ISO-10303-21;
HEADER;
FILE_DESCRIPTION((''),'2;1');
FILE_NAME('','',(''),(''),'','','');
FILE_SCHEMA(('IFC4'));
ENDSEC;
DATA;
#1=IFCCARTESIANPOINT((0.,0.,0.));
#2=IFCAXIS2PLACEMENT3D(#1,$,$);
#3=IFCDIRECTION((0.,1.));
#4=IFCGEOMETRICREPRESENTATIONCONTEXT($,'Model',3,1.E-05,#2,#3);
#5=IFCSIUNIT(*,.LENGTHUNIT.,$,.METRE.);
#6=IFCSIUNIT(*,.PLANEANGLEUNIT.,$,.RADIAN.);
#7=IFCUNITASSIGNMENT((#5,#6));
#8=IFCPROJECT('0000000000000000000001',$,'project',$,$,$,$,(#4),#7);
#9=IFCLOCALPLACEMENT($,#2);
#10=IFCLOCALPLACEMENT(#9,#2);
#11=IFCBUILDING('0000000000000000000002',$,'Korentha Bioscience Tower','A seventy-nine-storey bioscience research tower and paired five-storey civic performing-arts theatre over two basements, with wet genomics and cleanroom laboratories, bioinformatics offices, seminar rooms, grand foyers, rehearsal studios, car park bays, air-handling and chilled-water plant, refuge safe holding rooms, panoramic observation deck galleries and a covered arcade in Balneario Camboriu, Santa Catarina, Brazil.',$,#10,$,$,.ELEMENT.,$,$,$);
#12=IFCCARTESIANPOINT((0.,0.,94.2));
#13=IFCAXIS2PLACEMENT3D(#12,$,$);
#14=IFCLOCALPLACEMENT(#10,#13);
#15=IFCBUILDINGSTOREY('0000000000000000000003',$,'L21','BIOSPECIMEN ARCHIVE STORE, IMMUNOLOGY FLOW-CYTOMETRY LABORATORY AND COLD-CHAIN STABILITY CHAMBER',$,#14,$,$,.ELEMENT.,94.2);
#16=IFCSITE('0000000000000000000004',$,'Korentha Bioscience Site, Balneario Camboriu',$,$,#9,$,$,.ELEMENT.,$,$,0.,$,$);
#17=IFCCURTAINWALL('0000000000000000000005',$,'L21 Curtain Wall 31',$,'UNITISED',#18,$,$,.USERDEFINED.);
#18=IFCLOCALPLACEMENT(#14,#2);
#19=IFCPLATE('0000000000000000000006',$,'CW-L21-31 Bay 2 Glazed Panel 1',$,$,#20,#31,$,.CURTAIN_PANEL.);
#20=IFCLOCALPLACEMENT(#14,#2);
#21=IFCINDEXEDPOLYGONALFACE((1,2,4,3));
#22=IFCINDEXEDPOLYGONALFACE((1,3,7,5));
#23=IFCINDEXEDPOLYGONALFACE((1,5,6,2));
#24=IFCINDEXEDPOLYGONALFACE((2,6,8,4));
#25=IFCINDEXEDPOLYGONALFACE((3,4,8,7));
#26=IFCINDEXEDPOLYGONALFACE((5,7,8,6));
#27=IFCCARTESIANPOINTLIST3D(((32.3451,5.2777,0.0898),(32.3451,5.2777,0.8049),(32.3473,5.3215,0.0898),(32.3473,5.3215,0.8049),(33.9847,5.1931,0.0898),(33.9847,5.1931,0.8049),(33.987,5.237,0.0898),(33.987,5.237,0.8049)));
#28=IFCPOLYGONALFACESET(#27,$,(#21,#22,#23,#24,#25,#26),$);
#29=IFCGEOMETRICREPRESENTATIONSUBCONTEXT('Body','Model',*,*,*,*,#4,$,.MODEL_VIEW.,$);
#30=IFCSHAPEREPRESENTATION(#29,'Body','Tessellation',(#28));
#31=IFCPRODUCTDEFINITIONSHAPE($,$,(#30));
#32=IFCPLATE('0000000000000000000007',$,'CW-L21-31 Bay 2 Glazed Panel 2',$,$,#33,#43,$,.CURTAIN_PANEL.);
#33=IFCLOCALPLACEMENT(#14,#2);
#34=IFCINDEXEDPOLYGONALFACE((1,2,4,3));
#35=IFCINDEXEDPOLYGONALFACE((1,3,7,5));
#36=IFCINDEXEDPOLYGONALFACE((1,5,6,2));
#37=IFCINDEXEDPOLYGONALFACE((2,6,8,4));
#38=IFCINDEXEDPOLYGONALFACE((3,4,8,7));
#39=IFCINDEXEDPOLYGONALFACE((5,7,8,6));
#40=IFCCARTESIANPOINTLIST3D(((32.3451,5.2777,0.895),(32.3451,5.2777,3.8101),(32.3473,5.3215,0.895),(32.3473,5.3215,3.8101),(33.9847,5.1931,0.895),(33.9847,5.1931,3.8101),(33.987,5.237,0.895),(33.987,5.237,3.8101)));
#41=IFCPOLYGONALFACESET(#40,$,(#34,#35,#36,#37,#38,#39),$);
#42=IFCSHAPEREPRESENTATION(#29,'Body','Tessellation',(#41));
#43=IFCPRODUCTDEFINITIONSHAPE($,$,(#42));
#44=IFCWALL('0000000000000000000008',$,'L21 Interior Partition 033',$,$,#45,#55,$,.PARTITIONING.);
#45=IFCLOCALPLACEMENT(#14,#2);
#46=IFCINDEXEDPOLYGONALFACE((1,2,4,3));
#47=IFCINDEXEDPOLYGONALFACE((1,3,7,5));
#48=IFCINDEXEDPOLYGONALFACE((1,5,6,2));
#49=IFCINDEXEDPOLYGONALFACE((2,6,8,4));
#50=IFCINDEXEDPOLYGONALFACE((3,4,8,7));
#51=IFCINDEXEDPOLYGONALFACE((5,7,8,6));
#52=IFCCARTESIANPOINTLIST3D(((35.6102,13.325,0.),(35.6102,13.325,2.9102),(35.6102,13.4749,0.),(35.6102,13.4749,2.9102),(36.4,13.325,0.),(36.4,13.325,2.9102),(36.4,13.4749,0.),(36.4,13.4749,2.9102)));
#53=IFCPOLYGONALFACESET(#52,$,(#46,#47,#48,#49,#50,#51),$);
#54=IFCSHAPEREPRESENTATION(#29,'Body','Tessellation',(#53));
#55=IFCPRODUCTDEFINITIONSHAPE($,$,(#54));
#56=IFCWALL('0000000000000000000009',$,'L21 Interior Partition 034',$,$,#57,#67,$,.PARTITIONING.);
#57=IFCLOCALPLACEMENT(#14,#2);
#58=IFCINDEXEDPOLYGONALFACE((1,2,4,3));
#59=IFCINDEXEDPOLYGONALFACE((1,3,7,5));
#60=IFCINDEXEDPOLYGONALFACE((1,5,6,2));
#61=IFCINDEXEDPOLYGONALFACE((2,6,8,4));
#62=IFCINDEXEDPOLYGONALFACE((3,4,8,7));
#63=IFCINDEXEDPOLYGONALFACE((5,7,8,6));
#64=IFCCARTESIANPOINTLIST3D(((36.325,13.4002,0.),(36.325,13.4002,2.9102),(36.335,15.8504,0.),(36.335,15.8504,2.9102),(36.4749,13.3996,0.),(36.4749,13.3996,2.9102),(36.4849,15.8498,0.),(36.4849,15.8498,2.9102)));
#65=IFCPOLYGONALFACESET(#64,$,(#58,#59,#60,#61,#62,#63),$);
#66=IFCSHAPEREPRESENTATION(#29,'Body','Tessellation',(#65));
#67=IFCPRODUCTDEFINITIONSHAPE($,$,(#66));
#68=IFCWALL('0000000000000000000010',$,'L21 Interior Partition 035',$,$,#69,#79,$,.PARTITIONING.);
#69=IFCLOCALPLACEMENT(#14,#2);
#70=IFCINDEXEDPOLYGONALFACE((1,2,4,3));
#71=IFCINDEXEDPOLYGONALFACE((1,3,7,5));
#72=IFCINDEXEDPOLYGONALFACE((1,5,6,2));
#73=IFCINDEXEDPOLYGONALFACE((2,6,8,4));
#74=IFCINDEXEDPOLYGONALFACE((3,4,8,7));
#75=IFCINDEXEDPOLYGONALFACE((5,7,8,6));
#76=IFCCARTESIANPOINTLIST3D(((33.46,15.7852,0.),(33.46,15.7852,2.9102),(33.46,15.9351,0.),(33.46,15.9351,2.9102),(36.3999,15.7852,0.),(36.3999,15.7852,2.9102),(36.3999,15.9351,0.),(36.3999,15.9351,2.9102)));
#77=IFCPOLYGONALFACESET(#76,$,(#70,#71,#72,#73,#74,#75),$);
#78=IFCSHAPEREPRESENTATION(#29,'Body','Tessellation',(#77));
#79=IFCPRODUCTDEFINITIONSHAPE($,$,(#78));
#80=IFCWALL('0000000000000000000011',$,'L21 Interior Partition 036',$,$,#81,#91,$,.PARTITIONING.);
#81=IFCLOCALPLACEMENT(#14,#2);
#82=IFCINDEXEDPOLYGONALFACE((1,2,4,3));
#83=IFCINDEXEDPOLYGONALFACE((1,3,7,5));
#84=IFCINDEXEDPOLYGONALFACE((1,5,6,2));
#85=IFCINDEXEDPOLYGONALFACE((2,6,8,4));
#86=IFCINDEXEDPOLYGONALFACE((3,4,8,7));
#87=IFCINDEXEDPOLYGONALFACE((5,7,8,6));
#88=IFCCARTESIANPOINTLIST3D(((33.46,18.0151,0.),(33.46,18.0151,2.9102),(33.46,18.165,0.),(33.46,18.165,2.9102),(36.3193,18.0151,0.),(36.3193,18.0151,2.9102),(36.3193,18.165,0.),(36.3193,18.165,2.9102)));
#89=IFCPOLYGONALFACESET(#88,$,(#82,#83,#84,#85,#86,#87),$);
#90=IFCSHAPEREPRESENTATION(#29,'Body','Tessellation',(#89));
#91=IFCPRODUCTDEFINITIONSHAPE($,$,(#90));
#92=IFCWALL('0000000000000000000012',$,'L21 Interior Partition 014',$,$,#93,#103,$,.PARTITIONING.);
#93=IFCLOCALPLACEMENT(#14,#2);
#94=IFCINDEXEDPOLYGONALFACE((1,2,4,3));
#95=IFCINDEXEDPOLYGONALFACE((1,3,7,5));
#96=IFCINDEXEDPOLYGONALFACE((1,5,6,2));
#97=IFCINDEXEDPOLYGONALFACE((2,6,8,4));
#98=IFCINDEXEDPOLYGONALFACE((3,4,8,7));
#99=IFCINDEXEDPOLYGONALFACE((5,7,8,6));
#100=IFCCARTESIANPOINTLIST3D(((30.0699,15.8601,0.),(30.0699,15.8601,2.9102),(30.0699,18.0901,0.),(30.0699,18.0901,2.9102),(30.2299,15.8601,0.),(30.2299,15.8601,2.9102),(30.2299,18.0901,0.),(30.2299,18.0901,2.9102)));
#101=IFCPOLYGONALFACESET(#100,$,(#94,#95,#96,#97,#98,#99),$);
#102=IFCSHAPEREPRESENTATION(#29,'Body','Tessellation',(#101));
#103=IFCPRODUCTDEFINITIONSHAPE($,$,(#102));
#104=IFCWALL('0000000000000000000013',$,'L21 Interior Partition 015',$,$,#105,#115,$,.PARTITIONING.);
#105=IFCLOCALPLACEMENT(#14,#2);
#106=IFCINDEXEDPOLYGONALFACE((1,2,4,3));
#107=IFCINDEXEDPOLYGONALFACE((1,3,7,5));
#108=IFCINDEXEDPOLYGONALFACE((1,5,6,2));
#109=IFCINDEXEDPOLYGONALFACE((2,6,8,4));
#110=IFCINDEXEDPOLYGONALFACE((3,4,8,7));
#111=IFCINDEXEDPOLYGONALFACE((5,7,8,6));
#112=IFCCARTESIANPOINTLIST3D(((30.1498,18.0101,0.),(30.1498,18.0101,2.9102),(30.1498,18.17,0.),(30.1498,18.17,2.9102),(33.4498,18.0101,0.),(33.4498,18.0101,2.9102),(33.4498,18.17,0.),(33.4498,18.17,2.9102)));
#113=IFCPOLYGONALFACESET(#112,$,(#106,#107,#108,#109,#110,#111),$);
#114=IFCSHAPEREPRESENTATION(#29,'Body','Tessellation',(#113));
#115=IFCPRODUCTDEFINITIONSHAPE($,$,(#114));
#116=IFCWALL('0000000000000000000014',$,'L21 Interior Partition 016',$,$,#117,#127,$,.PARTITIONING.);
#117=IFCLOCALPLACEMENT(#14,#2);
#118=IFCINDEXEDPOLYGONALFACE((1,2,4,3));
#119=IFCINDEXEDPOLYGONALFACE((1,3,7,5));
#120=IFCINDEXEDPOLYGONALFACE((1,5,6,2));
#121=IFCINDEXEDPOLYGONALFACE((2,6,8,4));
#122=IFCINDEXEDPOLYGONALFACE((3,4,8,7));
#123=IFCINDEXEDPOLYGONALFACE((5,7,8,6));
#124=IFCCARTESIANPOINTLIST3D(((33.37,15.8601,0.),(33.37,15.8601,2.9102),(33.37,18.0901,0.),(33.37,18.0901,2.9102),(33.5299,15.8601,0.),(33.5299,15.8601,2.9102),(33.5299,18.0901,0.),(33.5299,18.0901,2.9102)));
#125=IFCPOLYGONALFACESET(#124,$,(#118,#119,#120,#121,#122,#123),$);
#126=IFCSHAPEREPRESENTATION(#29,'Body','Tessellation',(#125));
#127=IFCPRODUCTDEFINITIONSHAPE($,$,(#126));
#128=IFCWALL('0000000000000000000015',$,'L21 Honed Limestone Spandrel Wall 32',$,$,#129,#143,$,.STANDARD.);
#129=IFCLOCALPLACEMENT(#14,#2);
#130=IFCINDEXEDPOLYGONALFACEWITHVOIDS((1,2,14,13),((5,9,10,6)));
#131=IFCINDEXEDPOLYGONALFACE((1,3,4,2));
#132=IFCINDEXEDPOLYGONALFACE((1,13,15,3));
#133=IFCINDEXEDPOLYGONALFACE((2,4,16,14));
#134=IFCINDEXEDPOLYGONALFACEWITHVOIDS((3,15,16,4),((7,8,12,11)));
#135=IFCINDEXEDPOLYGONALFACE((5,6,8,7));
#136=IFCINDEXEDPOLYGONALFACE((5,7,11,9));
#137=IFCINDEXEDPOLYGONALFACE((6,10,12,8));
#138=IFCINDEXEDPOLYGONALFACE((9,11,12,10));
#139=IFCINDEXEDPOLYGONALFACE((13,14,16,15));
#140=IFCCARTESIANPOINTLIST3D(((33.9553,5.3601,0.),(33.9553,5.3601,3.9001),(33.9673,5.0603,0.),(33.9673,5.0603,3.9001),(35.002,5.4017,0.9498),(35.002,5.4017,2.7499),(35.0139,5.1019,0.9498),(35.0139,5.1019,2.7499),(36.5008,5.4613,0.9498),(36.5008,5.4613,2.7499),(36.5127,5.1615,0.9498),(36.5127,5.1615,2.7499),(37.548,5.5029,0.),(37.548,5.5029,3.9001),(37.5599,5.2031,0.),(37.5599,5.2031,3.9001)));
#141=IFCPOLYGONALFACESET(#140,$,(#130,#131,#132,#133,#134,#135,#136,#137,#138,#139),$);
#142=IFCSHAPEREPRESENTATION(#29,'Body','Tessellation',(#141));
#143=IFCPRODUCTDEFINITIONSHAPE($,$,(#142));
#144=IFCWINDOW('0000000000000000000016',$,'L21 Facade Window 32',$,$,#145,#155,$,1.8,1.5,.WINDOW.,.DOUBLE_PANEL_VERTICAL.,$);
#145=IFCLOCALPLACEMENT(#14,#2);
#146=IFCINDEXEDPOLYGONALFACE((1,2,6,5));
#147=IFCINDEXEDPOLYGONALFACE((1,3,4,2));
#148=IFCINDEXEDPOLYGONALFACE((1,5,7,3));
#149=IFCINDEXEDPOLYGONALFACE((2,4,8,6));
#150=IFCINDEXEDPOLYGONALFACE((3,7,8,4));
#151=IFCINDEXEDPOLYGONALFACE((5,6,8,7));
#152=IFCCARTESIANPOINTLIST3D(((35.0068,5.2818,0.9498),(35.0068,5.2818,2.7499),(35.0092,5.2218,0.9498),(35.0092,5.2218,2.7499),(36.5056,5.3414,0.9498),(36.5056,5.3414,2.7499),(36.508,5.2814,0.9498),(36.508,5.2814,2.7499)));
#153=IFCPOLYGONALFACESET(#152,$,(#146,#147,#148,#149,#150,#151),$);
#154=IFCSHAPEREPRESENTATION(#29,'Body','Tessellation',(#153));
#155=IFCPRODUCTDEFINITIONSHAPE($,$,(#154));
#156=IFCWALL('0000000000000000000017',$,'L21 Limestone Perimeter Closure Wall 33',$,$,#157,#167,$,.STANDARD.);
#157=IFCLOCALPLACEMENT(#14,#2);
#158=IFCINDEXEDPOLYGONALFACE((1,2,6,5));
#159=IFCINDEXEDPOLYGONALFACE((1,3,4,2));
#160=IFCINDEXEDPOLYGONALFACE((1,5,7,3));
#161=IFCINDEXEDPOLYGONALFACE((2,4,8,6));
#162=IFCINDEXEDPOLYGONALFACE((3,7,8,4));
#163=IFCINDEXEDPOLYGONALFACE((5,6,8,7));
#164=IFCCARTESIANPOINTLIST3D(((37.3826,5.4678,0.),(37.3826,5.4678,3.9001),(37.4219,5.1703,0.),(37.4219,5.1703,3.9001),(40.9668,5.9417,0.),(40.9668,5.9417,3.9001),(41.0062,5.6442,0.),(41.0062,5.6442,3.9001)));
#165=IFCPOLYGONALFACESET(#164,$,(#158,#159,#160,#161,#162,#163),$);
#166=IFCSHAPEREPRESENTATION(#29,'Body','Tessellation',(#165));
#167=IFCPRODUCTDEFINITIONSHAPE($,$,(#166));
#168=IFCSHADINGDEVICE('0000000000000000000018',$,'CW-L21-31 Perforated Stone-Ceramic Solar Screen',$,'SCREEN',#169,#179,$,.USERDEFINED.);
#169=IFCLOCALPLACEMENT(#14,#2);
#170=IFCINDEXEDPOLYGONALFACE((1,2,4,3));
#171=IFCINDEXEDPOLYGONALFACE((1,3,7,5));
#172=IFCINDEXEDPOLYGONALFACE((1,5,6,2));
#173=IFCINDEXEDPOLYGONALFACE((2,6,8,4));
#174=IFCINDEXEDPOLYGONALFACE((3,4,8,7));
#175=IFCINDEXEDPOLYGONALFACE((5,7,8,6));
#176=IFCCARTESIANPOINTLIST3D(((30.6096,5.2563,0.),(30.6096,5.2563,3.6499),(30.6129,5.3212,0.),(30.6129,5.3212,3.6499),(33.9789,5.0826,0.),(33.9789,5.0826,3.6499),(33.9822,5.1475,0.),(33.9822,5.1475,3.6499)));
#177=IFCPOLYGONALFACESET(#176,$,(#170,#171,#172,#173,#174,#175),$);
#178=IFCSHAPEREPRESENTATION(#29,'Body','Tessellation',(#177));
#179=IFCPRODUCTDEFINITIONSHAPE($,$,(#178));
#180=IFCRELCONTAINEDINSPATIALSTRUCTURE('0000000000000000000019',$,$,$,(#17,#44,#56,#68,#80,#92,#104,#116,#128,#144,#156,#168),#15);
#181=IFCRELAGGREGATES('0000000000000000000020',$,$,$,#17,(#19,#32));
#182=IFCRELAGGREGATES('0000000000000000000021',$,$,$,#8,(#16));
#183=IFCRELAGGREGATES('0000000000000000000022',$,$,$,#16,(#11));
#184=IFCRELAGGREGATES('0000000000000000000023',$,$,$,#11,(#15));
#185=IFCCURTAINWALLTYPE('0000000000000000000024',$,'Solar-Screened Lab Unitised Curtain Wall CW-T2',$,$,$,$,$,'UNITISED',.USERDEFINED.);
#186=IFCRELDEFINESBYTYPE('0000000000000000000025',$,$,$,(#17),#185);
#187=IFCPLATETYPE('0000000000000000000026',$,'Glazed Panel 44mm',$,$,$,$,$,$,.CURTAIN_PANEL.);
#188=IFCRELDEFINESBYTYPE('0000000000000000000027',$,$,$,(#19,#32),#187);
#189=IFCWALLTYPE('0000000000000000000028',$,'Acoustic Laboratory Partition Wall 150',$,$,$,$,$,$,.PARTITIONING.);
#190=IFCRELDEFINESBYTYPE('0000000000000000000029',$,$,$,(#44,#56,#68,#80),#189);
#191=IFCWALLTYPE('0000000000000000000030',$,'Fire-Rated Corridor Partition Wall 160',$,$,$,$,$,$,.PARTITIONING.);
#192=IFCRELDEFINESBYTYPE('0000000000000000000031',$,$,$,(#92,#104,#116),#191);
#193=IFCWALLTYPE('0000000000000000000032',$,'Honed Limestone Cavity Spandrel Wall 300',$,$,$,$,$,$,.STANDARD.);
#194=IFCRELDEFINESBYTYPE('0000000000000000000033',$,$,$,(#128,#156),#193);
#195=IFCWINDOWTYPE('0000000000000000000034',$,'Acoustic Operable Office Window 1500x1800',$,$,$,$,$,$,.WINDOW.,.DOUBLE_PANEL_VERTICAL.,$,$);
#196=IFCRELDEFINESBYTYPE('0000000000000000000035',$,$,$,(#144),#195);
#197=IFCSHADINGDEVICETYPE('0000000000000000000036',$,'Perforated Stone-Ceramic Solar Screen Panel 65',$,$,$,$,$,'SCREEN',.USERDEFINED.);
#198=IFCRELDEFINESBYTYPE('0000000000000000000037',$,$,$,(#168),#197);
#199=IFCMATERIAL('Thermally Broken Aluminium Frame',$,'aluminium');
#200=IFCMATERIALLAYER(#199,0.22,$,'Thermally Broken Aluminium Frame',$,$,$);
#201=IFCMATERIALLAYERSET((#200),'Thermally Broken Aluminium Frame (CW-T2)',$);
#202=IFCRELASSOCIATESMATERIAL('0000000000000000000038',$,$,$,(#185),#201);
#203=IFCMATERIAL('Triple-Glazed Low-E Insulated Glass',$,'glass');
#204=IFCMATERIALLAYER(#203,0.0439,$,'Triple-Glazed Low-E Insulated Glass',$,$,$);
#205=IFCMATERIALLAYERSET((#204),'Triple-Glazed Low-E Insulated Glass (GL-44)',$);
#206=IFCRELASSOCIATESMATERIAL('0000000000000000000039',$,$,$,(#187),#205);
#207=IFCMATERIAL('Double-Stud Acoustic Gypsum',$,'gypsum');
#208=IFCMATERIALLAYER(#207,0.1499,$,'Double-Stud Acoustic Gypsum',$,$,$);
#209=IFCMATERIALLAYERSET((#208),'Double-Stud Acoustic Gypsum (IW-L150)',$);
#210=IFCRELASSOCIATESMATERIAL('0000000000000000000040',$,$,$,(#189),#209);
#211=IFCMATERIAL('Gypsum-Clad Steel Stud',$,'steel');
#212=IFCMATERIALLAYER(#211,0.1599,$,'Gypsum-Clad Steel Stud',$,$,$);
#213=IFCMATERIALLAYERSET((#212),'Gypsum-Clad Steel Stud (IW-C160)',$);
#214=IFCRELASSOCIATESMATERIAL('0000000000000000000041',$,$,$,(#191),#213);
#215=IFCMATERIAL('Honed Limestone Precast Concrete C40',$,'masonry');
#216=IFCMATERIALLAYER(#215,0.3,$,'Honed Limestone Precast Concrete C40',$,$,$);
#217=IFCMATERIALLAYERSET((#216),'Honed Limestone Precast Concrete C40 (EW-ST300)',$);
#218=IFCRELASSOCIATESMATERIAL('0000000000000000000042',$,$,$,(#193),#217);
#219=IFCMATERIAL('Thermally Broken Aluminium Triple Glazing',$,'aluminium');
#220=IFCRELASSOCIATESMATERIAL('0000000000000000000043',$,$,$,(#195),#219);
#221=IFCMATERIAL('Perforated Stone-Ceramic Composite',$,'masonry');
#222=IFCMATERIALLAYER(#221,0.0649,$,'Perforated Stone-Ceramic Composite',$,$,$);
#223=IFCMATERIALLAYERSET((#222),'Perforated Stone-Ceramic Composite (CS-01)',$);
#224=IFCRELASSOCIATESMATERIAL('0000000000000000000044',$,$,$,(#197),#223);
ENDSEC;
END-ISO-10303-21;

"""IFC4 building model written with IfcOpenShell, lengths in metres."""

from ifc_helpers import new_model, si_unit, direction, frame, frame_2d, origin, origin_2d, place, context, subcontext, project, spatial, rectangle, extrude, material, layer, layer_set, type_object, element, fill, aggregate, save


model = new_model("IFC4")

# Units and contexts
model_context = context("Model", 3, precision=1e-05, world=origin(), true_north=direction((0.0, 1.0)))
body_context = subcontext(model_context, "Body", "Model", "MODEL_VIEW")
ifc_project = project(units=[si_unit("LENGTHUNIT", "METRE"), si_unit("PLANEANGLEUNIT", "RADIAN")], contexts=[model_context])

# Site, building, storey
site_placement = place(None, origin())
site = spatial("IfcSite", under=ifc_project, at=site_placement, Name="Korentha Bioscience Site, Balneario Camboriu", CompositionType="ELEMENT", RefElevation=0.0)
building_placement = place(site_placement, origin())
building = spatial("IfcBuilding", under=site, at=building_placement, Name="Korentha Bioscience Tower", Description="A seventy-nine-storey bioscience research tower and paired five-storey civic performing-arts theatre over two basements, with wet genomics and cleanroom laboratories, bioinformatics offices, seminar rooms, grand foyers, rehearsal studios, car park bays, air-handling and chilled-water plant, refuge safe holding rooms, panoramic observation deck galleries and a covered arcade in Balneario Camboriu, Santa Catarina, Brazil.", CompositionType="ELEMENT")
storey_placement = place(building_placement, frame((0.0, 0.0, 94.2)))
storey = spatial("IfcBuildingStorey", under=building, at=storey_placement, Name="L21", Description="BIOSPECIMEN ARCHIVE STORE, IMMUNOLOGY FLOW-CYTOMETRY LABORATORY AND COLD-CHAIN STABILITY CHAMBER", CompositionType="ELEMENT", Elevation=94.2)

# Curtain wall
ifc_material_1 = material(Name="Thermally Broken Aluminium Frame", Category="aluminium")
ifc_layer_1 = layer(ifc_material_1, 0.22, Name="Thermally Broken Aluminium Frame")
ifc_layer_set_1 = layer_set([ifc_layer_1], Name="Thermally Broken Aluminium Frame (CW-T2)")
curtain_wall_type = type_object("IfcCurtainWallType", Name="Solar-Screened Lab Unitised Curtain Wall CW-T2", ElementType="UNITISED", PredefinedType="USERDEFINED", material=ifc_layer_set_1)
curtain_wall_placement = place(storey_placement, origin())
curtain_wall = element("IfcCurtainWall", 1, at=curtain_wall_placement, inside=storey, type_object=curtain_wall_type, Name="L21 Curtain Wall 31", ObjectType="UNITISED", PredefinedType="USERDEFINED")

# Plates
ifc_material_2 = material(Name="Triple-Glazed Low-E Insulated Glass", Category="glass")
ifc_layer_2 = layer(ifc_material_2, 0.0439, Name="Triple-Glazed Low-E Insulated Glass")
ifc_layer_set_2 = layer_set([ifc_layer_2], Name="Triple-Glazed Low-E Insulated Glass (GL-44)")
plate_type = type_object("IfcPlateType", Name="Glazed Panel 44mm", PredefinedType="CURTAIN_PANEL", material=ifc_layer_set_2)
plate_1_placement = place(storey_placement, frame((33.166, 5.2573, 0.0898), z_axis=(0.0, 0.0, 1.0), x_axis=(0.998673, -0.051495, 0.0)))
plate_1 = element("IfcPlate", 2, at=plate_1_placement, type_object=plate_type, Name="CW-L21-31 Bay 2 Glazed Panel 1", PredefinedType="CURTAIN_PANEL", context=body_context, shape_type="SweptSolid", body=[
    extrude(rectangle(XDim=1.6418, YDim=0.0439, at=origin_2d()), origin(), (0.0, 0.0, 1.0), 0.7151),
])
plate_2_placement = place(storey_placement, frame((33.166, 5.2573, 0.895), z_axis=(0.0, 0.0, 1.0), x_axis=(0.998673, -0.051495, 0.0)))
plate_2 = element("IfcPlate", 3, at=plate_2_placement, type_object=plate_type, Name="CW-L21-31 Bay 2 Glazed Panel 2", PredefinedType="CURTAIN_PANEL", context=body_context, shape_type="SweptSolid", body=[
    extrude(rectangle(XDim=1.6418, YDim=0.0439, at=origin_2d()), origin(), (0.0, 0.0, 1.0), 2.915),
])
aggregate(curtain_wall, [plate_1, plate_2])

# Walls
ifc_material_3 = material(Name="Double-Stud Acoustic Gypsum", Category="gypsum")
ifc_layer_3 = layer(ifc_material_3, 0.1499, Name="Double-Stud Acoustic Gypsum")
ifc_layer_set_3 = layer_set([ifc_layer_3], Name="Double-Stud Acoustic Gypsum (IW-L150)")
wall_type_1 = type_object("IfcWallType", Name="Acoustic Laboratory Partition Wall 150", PredefinedType="PARTITIONING", material=ifc_layer_set_3)
wall_1_placement = place(storey_placement, frame((35.6101, 13.3999, 0.0), z_axis=(0.0, 0.0, 1.0), x_axis=(1.0, 0.0, 0.0)))
element("IfcWall", 4, at=wall_1_placement, inside=storey, type_object=wall_type_1, Name="L21 Interior Partition 033", PredefinedType="PARTITIONING", context=body_context, shape_type="SweptSolid", body=[
    extrude(rectangle(XDim=0.7898, YDim=0.1499, at=frame_2d((0.395, 0.0))), origin(), (0.0, 0.0, 1.0), 2.9102),
])
wall_2_placement = place(storey_placement, frame((36.3999, 13.3999, 0.0), z_axis=(0.0, 0.0, 1.0), x_axis=(0.004085, 0.999992, 0.0)))
element("IfcWall", 5, at=wall_2_placement, inside=storey, type_object=wall_type_1, Name="L21 Interior Partition 034", PredefinedType="PARTITIONING", context=body_context, shape_type="SweptSolid", body=[
    extrude(rectangle(XDim=2.4502, YDim=0.1499, at=frame_2d((1.2251, 0.0))), origin(), (0.0, 0.0, 1.0), 2.9102),
])
wall_3_placement = place(storey_placement, frame((36.3999, 15.8601, 0.0), z_axis=(0.0, 0.0, 1.0), x_axis=(-1.0, 0.0, 0.0)))
element("IfcWall", 6, at=wall_3_placement, inside=storey, type_object=wall_type_1, Name="L21 Interior Partition 035", PredefinedType="PARTITIONING", context=body_context, shape_type="SweptSolid", body=[
    extrude(rectangle(XDim=2.9399, YDim=0.1499, at=frame_2d((1.47, 0.0))), origin(), (0.0, 0.0, 1.0), 2.9102),
])
wall_4_placement = place(storey_placement, frame((33.46, 18.0901, 0.0), z_axis=(0.0, 0.0, 1.0), x_axis=(1.0, 0.0, 0.0)))
element("IfcWall", 7, at=wall_4_placement, inside=storey, type_object=wall_type_1, Name="L21 Interior Partition 036", PredefinedType="PARTITIONING", context=body_context, shape_type="SweptSolid", body=[
    extrude(rectangle(XDim=2.8594, YDim=0.1499, at=frame_2d((1.4297, 0.0))), origin(), (0.0, 0.0, 1.0), 2.9102),
])

# Shared definitions
ifc_material_4 = material(Name="Gypsum-Clad Steel Stud", Category="steel")
ifc_layer_4 = layer(ifc_material_4, 0.1599, Name="Gypsum-Clad Steel Stud")
ifc_layer_set_4 = layer_set([ifc_layer_4], Name="Gypsum-Clad Steel Stud (IW-C160)")
wall_type_2 = type_object("IfcWallType", Name="Fire-Rated Corridor Partition Wall 160", PredefinedType="PARTITIONING", material=ifc_layer_set_4)

# Walls
wall_5_placement = place(storey_placement, frame((30.1499, 15.8601, 0.0), z_axis=(0.0, 0.0, 1.0), x_axis=(0.0, 1.0, 0.0)))
element("IfcWall", 8, at=wall_5_placement, inside=storey, type_object=wall_type_2, Name="L21 Interior Partition 014", PredefinedType="PARTITIONING", context=body_context, shape_type="SweptSolid", body=[
    extrude(rectangle(XDim=2.23, YDim=0.1599, at=frame_2d((1.115, 0.0))), origin(), (0.0, 0.0, 1.0), 2.9102),
])
wall_6_placement = place(storey_placement, frame((30.1499, 18.0901, 0.0), z_axis=(0.0, 0.0, 1.0), x_axis=(1.0, 0.0, 0.0)))
element("IfcWall", 9, at=wall_6_placement, inside=storey, type_object=wall_type_2, Name="L21 Interior Partition 015", PredefinedType="PARTITIONING", context=body_context, shape_type="SweptSolid", body=[
    extrude(rectangle(XDim=3.3, YDim=0.1599, at=frame_2d((1.6499, 0.0))), origin(), (0.0, 0.0, 1.0), 2.9102),
])
wall_7_placement = place(storey_placement, frame((33.45, 18.0901, 0.0), z_axis=(0.0, 0.0, 1.0), x_axis=(0.0, -1.0, 0.0)))
element("IfcWall", 10, at=wall_7_placement, inside=storey, type_object=wall_type_2, Name="L21 Interior Partition 016", PredefinedType="PARTITIONING", context=body_context, shape_type="SweptSolid", body=[
    extrude(rectangle(XDim=2.23, YDim=0.1599, at=frame_2d((1.115, 0.0))), origin(), (0.0, 0.0, 1.0), 2.9102),
])

# Wall, opening, window
ifc_material_5 = material(Name="Honed Limestone Precast Concrete C40", Category="masonry")
ifc_layer_5 = layer(ifc_material_5, 0.3, Name="Honed Limestone Precast Concrete C40")
ifc_layer_set_5 = layer_set([ifc_layer_5], Name="Honed Limestone Precast Concrete C40 (EW-ST300)")
wall_type_3 = type_object("IfcWallType", Name="Honed Limestone Cavity Spandrel Wall 300", PredefinedType="STANDARD", material=ifc_layer_set_5)
wall_8_placement = place(storey_placement, frame((33.9612, 5.2102, 0.0), z_axis=(0.0, 0.0, 1.0), x_axis=(0.999211, 0.039724, 0.0)))
wall_8 = element("IfcWall", 11, at=wall_8_placement, inside=storey, type_object=wall_type_3, Name="L21 Honed Limestone Spandrel Wall 32", PredefinedType="STANDARD", context=body_context, shape_type="SweptSolid", body=[
    extrude(rectangle(XDim=3.5955, YDim=0.3, at=frame_2d((1.7979, 0.0))), origin(), (0.0, 0.0, 1.0), 3.9001),
])
opening_1_placement = place(wall_8_placement, frame((1.0476, 0.0, 0.95)))
opening_1 = element("IfcOpeningElement", 12, at=opening_1_placement, cuts=wall_8, PredefinedType="OPENING", context=body_context, shape_type="SweptSolid", body=[
    extrude(rectangle(XDim=1.5, YDim=1.8, at=frame_2d((0.75, 0.8999))), frame((0.0, 0.165, 0.0), z_axis=(0.0, -1.0, 0.0), x_axis=(1.0, 0.0, 0.0)), (0.0, 0.0, 1.0), 0.3298),
])
ifc_material_6 = material(Name="Thermally Broken Aluminium Triple Glazing", Category="aluminium")
window_type = type_object("IfcWindowType", Name="Acoustic Operable Office Window 1500x1800", PartitioningType="DOUBLE_PANEL_VERTICAL", PredefinedType="WINDOW", material=ifc_material_6)
window_placement = place(opening_1_placement, origin())
window = element("IfcWindow", 13, at=window_placement, inside=storey, type_object=window_type, Name="L21 Facade Window 32", OverallHeight=1.8, OverallWidth=1.5, PartitioningType="DOUBLE_PANEL_VERTICAL", PredefinedType="WINDOW", context=body_context, shape_type="SweptSolid", body=[
    extrude(rectangle(XDim=1.5, YDim=1.8, at=frame_2d((0.75, 0.8999))), frame((0.0, 0.03, 0.0), z_axis=(0.0, -1.0, 0.0), x_axis=(1.0, 0.0, 0.0)), (0.0, 0.0, 1.0), 0.0601),
])
fill(opening_1, window)

# Wall
wall_9_placement = place(storey_placement, frame((37.4023, 5.3191, 0.0), z_axis=(0.0, 0.0, 1.0), x_axis=(0.991373, 0.131071, 0.0)))
element("IfcWall", 14, at=wall_9_placement, inside=storey, type_object=wall_type_3, Name="L21 Limestone Perimeter Closure Wall 33", PredefinedType="STANDARD", context=body_context, shape_type="SweptSolid", body=[
    extrude(rectangle(XDim=3.6155, YDim=0.3, at=frame_2d((1.8076, 0.0))), origin(), (0.0, 0.0, 1.0), 3.9001),
])

# Shading device
ifc_material_7 = material(Name="Perforated Stone-Ceramic Composite", Category="masonry")
ifc_layer_6 = layer(ifc_material_7, 0.0649, Name="Perforated Stone-Ceramic Composite")
ifc_layer_set_6 = layer_set([ifc_layer_6], Name="Perforated Stone-Ceramic Composite (CS-01)")
shading_device_type_1 = type_object("IfcShadingDeviceType", Name="Perforated Stone-Ceramic Solar Screen Panel 65", ElementType="SCREEN", PredefinedType="USERDEFINED", material=ifc_layer_set_6)
shading_device_1_placement = place(storey_placement, frame((32.2959, 5.2019, 0.0), z_axis=(0.0, 0.0, 1.0), x_axis=(0.998673, -0.051495, 0.0)))
element("IfcShadingDevice", 15, at=shading_device_1_placement, inside=storey, type_object=shading_device_type_1, Name="CW-L21-31 Perforated Stone-Ceramic Solar Screen", ObjectType="SCREEN", PredefinedType="USERDEFINED", context=body_context, shape_type="SweptSolid", body=[
    extrude(rectangle(XDim=3.3738, YDim=0.0649, at=origin_2d()), origin(), (0.0, 0.0, 1.0), 3.6499),
])

save(model, "model.ifc")
